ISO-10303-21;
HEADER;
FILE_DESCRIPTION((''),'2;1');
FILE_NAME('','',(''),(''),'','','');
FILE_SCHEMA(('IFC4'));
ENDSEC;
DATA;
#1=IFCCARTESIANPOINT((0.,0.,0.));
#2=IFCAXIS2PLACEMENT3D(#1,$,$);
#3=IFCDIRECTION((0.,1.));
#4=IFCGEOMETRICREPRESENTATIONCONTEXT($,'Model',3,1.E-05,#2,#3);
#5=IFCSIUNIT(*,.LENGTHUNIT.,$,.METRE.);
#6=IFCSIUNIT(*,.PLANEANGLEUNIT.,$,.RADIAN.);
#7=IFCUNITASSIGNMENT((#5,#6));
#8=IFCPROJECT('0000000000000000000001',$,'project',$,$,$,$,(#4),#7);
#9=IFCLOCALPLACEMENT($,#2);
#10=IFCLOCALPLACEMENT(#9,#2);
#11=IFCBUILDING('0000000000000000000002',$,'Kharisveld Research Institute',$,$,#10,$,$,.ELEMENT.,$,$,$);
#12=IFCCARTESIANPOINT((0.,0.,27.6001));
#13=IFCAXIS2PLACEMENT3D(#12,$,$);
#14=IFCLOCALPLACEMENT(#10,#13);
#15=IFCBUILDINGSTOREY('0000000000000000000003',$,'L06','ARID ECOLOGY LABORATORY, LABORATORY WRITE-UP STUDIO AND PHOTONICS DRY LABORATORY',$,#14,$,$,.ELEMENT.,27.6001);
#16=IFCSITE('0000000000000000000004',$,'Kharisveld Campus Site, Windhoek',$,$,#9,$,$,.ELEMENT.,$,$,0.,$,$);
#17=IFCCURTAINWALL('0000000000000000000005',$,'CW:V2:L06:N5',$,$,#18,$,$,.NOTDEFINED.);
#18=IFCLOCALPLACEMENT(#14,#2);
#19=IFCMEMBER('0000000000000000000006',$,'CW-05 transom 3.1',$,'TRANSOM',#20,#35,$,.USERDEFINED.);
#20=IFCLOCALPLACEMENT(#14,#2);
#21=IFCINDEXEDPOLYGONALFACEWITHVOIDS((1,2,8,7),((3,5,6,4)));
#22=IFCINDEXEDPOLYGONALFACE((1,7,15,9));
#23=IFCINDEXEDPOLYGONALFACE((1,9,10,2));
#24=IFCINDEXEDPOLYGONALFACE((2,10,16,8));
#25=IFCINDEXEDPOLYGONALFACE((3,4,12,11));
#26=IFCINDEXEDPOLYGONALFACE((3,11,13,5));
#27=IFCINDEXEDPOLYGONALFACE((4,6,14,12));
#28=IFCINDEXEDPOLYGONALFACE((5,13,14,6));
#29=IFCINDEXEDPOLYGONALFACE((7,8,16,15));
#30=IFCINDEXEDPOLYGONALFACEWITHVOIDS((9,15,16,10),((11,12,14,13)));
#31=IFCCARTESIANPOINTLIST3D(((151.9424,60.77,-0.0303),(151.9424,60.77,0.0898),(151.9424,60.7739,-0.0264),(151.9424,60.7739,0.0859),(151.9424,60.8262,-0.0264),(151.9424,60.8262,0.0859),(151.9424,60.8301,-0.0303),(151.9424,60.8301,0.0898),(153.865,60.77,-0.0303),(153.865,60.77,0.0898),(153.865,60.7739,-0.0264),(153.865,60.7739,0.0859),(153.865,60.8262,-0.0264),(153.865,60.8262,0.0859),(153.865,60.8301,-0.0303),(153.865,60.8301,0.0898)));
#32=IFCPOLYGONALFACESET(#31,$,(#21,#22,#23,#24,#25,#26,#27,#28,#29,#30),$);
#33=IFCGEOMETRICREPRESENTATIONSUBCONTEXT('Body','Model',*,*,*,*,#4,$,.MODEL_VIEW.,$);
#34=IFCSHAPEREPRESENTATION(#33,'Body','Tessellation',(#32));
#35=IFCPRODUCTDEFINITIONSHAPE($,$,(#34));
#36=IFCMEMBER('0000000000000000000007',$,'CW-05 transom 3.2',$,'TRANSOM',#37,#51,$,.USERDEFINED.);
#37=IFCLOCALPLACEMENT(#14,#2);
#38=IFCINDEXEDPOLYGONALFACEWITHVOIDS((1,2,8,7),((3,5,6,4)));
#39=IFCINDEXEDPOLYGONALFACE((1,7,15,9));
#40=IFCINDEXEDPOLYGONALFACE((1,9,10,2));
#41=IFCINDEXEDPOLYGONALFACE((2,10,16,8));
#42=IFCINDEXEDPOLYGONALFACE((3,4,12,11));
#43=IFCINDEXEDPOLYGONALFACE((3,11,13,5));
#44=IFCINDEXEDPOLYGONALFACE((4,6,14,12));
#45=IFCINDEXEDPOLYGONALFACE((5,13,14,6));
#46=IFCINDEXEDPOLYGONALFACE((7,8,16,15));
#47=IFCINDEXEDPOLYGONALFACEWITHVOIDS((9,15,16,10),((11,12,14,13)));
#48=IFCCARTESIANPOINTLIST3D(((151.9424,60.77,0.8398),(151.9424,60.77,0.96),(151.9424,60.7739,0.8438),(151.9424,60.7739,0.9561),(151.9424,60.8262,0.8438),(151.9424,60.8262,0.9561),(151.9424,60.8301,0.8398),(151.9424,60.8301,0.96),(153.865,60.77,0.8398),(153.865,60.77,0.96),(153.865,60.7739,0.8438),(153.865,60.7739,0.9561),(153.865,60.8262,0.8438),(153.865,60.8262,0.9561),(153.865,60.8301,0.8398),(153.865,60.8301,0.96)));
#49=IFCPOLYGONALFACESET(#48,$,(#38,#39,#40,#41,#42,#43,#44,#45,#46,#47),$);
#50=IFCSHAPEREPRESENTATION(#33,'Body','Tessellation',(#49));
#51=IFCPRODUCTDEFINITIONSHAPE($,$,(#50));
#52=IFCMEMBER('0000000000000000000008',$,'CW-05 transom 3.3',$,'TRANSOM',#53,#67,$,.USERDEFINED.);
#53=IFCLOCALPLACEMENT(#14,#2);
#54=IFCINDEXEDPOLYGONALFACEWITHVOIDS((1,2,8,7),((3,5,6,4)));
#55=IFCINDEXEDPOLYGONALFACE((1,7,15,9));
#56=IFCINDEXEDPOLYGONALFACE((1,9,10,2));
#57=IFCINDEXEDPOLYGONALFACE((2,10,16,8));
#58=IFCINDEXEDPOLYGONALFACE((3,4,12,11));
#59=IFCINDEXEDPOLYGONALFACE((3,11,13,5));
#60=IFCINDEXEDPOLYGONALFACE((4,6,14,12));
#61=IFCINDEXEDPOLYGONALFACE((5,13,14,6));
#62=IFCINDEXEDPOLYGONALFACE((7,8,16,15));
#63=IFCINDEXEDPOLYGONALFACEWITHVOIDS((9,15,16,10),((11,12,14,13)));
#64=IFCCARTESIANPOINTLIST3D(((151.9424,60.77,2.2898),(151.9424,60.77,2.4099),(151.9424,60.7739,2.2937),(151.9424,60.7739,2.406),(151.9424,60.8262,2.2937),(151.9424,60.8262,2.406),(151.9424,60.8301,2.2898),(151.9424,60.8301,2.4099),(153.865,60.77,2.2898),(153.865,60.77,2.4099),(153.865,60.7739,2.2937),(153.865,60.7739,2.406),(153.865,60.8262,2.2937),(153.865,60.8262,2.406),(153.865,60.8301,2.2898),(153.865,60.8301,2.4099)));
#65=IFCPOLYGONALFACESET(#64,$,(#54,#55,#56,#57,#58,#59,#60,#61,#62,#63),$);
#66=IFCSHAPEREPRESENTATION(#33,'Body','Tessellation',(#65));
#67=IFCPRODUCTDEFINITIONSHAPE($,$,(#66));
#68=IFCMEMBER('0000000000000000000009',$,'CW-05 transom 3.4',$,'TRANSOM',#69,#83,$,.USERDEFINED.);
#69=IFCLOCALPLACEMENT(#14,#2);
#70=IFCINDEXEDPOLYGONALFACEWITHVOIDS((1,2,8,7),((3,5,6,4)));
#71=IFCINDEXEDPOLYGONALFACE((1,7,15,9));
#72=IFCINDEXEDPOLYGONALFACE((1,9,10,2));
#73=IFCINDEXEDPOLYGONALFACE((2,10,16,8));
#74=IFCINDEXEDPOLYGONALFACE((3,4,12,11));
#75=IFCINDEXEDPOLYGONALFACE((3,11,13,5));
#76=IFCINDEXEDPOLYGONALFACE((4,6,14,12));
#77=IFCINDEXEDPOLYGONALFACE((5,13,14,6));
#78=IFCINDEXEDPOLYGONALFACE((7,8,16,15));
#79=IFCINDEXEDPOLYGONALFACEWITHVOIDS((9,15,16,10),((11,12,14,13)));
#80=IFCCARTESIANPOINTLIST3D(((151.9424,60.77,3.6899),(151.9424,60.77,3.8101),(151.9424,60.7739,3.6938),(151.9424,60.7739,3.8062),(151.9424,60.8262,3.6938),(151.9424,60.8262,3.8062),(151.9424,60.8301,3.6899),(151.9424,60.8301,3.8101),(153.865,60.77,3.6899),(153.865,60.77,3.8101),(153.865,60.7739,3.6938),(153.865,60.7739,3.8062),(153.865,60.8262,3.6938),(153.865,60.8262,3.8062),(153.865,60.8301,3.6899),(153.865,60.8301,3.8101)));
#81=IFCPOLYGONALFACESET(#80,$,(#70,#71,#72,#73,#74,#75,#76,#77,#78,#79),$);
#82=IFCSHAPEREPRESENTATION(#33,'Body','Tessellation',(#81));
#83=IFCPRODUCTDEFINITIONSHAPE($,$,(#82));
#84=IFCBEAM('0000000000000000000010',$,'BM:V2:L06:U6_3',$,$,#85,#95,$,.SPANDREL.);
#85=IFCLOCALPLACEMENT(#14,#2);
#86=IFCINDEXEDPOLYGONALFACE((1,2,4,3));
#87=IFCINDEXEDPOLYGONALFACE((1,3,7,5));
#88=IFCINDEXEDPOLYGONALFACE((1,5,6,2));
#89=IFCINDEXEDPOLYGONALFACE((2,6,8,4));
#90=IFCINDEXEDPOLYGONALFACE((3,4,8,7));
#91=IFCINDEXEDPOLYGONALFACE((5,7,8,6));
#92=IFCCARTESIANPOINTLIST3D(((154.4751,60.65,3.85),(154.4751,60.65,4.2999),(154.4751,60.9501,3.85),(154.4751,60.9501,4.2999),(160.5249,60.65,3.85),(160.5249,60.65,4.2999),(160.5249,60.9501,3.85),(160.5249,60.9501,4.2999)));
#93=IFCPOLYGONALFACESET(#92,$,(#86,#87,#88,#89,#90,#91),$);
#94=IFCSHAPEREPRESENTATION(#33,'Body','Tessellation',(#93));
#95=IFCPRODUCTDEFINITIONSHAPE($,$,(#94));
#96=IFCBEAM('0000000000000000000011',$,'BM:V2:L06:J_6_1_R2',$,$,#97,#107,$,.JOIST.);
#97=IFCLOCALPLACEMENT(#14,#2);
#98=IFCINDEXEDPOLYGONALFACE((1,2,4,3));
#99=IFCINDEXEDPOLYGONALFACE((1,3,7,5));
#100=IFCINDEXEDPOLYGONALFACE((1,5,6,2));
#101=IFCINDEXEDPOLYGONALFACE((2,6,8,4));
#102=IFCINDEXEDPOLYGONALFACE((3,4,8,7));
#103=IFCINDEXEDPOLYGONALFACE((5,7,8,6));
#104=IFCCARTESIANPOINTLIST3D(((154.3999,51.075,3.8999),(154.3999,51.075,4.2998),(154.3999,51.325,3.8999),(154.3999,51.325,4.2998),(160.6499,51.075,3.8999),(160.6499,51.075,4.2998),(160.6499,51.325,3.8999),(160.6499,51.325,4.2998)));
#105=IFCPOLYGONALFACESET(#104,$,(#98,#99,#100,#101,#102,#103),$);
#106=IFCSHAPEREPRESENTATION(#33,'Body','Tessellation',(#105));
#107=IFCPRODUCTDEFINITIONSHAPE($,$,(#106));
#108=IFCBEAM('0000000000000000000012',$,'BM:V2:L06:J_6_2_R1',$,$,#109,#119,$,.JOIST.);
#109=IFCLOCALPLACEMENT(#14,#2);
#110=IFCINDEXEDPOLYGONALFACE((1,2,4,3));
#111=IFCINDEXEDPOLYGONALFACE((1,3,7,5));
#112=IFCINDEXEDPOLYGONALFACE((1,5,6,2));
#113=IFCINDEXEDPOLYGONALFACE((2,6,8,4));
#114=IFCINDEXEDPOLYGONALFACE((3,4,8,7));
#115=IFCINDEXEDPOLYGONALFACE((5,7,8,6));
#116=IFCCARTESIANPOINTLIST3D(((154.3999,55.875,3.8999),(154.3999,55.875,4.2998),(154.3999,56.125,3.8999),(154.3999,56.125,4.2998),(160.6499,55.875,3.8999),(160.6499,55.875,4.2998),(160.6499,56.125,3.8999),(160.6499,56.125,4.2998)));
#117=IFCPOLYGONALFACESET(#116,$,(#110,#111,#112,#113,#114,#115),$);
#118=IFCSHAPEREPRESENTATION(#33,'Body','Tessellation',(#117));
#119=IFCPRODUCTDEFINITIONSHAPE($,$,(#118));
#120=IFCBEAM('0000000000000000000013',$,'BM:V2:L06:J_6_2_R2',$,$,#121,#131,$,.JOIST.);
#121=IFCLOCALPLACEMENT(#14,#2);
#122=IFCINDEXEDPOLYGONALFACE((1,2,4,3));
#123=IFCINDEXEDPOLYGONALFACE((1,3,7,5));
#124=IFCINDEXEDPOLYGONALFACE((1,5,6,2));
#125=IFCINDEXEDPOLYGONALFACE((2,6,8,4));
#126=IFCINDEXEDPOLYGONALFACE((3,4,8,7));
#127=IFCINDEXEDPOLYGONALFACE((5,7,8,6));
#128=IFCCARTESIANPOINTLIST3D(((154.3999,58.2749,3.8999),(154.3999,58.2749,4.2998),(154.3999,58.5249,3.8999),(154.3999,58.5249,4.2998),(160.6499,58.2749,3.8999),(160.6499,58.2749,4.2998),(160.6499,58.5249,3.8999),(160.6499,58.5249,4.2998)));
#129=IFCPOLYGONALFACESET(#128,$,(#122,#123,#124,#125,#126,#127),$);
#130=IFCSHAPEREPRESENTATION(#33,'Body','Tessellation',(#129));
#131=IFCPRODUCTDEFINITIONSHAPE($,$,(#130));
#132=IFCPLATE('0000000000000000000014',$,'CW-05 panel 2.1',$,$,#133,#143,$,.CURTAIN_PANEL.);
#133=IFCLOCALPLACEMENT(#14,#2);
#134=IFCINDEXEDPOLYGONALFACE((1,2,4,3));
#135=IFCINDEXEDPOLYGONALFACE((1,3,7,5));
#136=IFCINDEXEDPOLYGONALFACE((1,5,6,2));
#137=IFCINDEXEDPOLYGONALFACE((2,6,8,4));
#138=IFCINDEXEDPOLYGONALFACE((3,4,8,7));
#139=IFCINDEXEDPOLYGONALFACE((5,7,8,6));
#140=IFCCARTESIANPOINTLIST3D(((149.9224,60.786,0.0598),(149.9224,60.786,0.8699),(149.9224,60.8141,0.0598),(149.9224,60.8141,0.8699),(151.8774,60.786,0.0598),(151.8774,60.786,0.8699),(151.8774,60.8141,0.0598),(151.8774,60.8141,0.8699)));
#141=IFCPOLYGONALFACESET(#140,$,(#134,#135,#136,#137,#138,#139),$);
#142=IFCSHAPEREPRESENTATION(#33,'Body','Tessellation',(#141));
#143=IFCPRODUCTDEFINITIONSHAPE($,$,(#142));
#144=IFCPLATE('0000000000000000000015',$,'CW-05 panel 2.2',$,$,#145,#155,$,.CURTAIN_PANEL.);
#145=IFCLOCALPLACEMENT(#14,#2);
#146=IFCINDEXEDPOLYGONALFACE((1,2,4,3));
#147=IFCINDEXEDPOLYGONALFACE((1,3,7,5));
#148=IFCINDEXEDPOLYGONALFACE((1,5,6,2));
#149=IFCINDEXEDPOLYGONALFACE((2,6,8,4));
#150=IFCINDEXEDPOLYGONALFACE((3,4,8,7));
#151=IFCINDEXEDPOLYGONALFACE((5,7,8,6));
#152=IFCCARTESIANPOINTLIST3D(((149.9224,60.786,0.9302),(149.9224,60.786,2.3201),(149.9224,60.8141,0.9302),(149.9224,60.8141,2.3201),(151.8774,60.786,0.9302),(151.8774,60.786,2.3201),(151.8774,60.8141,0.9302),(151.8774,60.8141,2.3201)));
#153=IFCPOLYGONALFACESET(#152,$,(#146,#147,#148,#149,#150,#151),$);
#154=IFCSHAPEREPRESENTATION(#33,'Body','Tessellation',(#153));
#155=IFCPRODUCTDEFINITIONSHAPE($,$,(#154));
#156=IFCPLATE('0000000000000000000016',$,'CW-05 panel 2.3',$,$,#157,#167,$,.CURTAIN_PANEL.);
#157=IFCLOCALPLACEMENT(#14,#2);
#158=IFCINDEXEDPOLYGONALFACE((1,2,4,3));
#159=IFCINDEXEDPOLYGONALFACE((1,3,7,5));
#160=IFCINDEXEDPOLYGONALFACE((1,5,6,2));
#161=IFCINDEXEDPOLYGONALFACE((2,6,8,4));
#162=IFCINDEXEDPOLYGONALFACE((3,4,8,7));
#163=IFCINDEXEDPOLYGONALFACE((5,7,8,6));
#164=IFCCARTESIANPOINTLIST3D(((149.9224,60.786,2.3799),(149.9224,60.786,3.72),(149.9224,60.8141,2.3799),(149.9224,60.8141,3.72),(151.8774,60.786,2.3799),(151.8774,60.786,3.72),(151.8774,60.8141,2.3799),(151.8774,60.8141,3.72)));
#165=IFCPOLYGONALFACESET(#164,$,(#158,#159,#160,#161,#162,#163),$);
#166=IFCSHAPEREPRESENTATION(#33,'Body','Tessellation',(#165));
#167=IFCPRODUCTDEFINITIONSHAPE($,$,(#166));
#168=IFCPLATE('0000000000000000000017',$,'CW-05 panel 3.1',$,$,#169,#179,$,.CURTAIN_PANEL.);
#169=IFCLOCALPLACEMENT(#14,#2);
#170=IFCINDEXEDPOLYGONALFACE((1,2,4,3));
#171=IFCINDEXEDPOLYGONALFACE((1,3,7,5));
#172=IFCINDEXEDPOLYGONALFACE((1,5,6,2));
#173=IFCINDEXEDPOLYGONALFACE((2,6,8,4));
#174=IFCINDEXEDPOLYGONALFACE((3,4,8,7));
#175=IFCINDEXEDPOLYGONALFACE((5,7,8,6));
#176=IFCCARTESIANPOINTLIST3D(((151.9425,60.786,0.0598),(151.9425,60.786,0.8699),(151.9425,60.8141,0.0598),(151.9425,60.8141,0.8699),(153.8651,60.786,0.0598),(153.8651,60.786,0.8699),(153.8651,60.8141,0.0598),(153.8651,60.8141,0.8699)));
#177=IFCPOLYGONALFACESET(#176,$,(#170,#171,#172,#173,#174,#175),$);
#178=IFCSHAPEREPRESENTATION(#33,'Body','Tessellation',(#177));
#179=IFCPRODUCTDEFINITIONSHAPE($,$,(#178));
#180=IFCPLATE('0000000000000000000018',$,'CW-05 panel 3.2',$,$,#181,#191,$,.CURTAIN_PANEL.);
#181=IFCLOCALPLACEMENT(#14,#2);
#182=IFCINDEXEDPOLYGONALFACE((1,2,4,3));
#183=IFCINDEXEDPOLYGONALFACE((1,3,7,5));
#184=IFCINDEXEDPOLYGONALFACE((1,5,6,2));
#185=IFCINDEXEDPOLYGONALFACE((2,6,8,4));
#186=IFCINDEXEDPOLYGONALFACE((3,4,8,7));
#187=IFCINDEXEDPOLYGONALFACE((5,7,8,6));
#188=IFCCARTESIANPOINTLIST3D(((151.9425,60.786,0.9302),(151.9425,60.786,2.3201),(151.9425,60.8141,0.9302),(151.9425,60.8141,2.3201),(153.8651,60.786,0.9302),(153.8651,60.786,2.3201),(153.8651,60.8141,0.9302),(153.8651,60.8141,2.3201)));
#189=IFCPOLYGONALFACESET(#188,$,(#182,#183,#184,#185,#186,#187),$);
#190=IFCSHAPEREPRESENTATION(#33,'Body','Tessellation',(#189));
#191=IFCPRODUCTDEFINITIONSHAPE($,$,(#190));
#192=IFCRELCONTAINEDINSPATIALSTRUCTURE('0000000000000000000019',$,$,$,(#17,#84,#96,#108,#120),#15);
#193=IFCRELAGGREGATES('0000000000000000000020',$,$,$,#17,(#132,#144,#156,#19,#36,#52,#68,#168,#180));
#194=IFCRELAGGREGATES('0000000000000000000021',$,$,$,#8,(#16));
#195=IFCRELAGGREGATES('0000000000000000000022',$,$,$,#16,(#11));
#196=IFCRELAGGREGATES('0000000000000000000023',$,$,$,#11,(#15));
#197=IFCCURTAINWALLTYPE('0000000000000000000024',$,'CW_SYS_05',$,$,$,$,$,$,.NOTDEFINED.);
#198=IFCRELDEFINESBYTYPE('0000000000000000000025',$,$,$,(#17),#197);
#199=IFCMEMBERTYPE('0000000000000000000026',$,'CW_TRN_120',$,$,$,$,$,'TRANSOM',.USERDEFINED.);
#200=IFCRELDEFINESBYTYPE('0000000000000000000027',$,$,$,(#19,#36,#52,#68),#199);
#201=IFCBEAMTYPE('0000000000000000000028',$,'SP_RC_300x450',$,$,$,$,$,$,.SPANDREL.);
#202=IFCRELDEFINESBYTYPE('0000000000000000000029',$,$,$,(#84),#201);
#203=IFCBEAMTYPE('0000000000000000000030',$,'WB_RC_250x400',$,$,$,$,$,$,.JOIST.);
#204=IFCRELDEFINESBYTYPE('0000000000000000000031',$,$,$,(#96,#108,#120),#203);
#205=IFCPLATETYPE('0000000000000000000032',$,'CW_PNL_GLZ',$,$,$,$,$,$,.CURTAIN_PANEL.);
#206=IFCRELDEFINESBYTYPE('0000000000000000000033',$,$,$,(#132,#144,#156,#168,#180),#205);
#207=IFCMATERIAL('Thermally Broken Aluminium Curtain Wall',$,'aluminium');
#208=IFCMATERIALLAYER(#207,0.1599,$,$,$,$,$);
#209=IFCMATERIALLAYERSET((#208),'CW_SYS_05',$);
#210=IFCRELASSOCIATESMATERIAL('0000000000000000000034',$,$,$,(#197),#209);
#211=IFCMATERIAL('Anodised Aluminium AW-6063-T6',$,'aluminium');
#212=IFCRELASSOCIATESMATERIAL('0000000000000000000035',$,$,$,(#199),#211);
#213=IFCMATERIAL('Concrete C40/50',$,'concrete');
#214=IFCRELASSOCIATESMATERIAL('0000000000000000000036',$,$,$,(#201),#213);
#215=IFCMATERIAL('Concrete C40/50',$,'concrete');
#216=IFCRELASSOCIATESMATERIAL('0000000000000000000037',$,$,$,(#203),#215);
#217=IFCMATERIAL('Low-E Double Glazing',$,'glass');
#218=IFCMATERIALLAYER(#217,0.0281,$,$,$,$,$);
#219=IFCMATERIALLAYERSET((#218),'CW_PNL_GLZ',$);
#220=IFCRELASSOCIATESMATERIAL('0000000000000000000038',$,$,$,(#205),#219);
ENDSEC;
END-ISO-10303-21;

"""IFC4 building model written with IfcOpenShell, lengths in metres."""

from ifc_helpers import new_model, si_unit, direction, frame, origin, origin_2d, place, context, subcontext, project, spatial, rectangle, hollow_rectangle, extrude, material, layer, layer_set, material_profile, profile_set, type_object, element, aggregate, save


model = new_model("IFC4")

# Units and contexts
model_context = context("Model", 3, precision=1e-05, world=origin(), true_north=direction((0.0, 1.0)))
body_context = subcontext(model_context, "Body", "Model", "MODEL_VIEW")
ifc_project = project(units=[si_unit("LENGTHUNIT", "METRE"), si_unit("PLANEANGLEUNIT", "RADIAN")], contexts=[model_context])

# Site, building, storey
site_placement = place(None, origin())
site = spatial("IfcSite", under=ifc_project, at=site_placement, Name="Kharisveld Campus Site, Windhoek", CompositionType="ELEMENT", RefElevation=0.0)
building_placement = place(site_placement, origin())
building = spatial("IfcBuilding", under=site, at=building_placement, Name="Kharisveld Research Institute", CompositionType="ELEMENT")
storey_placement = place(building_placement, frame((0.0, 0.0, 27.6001)))
storey = spatial("IfcBuildingStorey", under=building, at=storey_placement, Name="L06", Description="ARID ECOLOGY LABORATORY, LABORATORY WRITE-UP STUDIO AND PHOTONICS DRY LABORATORY", CompositionType="ELEMENT", Elevation=27.6001)

# Curtain wall, members
ifc_material_1 = material(Name="Thermally Broken Aluminium Curtain Wall", Category="aluminium")
ifc_layer_1 = layer(ifc_material_1, 0.1599)
ifc_layer_set_1 = layer_set([ifc_layer_1], Name="CW_SYS_05")
curtain_wall_type = type_object("IfcCurtainWallType", Name="CW_SYS_05", PredefinedType="NOTDEFINED", material=ifc_layer_set_1)
curtain_wall_placement = place(storey_placement, origin())
curtain_wall = element("IfcCurtainWall", 1, at=curtain_wall_placement, inside=storey, type_object=curtain_wall_type, Name="CW:V2:L06:N5", PredefinedType="NOTDEFINED")
ifc_material_2 = material(Name="Anodised Aluminium AW-6063-T6", Category="aluminium")
ifc_material_profile_1 = material_profile(ifc_material_2, hollow_rectangle(XDim=0.0601, YDim=0.1201, WallThickness=0.0039, at=origin_2d()))
ifc_profile_set_1 = profile_set([ifc_material_profile_1], Name="Anodised Aluminium AW-6063-T6")
member_type_1 = type_object("IfcMemberType", Name="CW_TRN_120", ElementType="TRANSOM", PredefinedType="USERDEFINED", material=ifc_profile_set_1)
member_1_placement = place(storey_placement, frame((151.9424, 60.8, 0.0298), z_axis=(1.0, 0.0, 0.0), x_axis=(0.0, 1.0, 0.0)))
member_1 = element("IfcMember", 2, at=member_1_placement, type_object=member_type_1, Name="CW-05 transom 3.1", ObjectType="TRANSOM", PredefinedType="USERDEFINED", context=body_context, shape_type="SweptSolid", body=[
    extrude(hollow_rectangle(XDim=0.0601, YDim=0.1201, WallThickness=0.0039, at=origin_2d()), origin(), (0.0, 0.0, 1.0), 1.9226),
])
member_2_placement = place(storey_placement, frame((151.9424, 60.8, 0.8999), z_axis=(1.0, 0.0, 0.0), x_axis=(0.0, 1.0, 0.0)))
member_2 = element("IfcMember", 3, at=member_2_placement, type_object=member_type_1, Name="CW-05 transom 3.2", ObjectType="TRANSOM", PredefinedType="USERDEFINED", context=body_context, shape_type="SweptSolid", body=[
    extrude(hollow_rectangle(XDim=0.0601, YDim=0.1201, WallThickness=0.0039, at=origin_2d()), origin(), (0.0, 0.0, 1.0), 1.9226),
])
member_3_placement = place(storey_placement, frame((151.9424, 60.8, 2.3499), z_axis=(1.0, 0.0, 0.0), x_axis=(0.0, 1.0, 0.0)))
member_3 = element("IfcMember", 4, at=member_3_placement, type_object=member_type_1, Name="CW-05 transom 3.3", ObjectType="TRANSOM", PredefinedType="USERDEFINED", context=body_context, shape_type="SweptSolid", body=[
    extrude(hollow_rectangle(XDim=0.0601, YDim=0.1201, WallThickness=0.0039, at=origin_2d()), origin(), (0.0, 0.0, 1.0), 1.9226),
])
member_4_placement = place(storey_placement, frame((151.9424, 60.8, 3.75), z_axis=(1.0, 0.0, 0.0), x_axis=(0.0, 1.0, 0.0)))
member_4 = element("IfcMember", 5, at=member_4_placement, type_object=member_type_1, Name="CW-05 transom 3.4", ObjectType="TRANSOM", PredefinedType="USERDEFINED", context=body_context, shape_type="SweptSolid", body=[
    extrude(hollow_rectangle(XDim=0.0601, YDim=0.1201, WallThickness=0.0039, at=origin_2d()), origin(), (0.0, 0.0, 1.0), 1.9226),
])

# Beams
ifc_material_3 = material(Name="Concrete C40/50", Category="concrete")
ifc_material_profile_2 = material_profile(ifc_material_3, rectangle(XDim=0.3, YDim=0.45, at=origin_2d()))
ifc_profile_set_2 = profile_set([ifc_material_profile_2], Name="Concrete C40/50")
beam_type_1 = type_object("IfcBeamType", Name="SP_RC_300x450", PredefinedType="SPANDREL", material=ifc_profile_set_2)
beam_1_placement = place(storey_placement, frame((154.4751, 60.8, 4.075), z_axis=(1.0, 0.0, 0.0), x_axis=(0.0, 1.0, 0.0)))
element("IfcBeam", 6, at=beam_1_placement, inside=storey, type_object=beam_type_1, Name="BM:V2:L06:U6_3", PredefinedType="SPANDREL", context=body_context, shape_type="SweptSolid", body=[
    extrude(rectangle(XDim=0.3, YDim=0.45, at=origin_2d()), origin(), (0.0, 0.0, 1.0), 6.0498),
])
ifc_material_4 = material(Name="Concrete C40/50", Category="concrete")
ifc_material_profile_3 = material_profile(ifc_material_4, rectangle(XDim=0.25, YDim=0.3999, at=origin_2d()))
ifc_profile_set_3 = profile_set([ifc_material_profile_3], Name="Concrete C40/50")
beam_type_2 = type_object("IfcBeamType", Name="WB_RC_250x400", PredefinedType="JOIST", material=ifc_profile_set_3)
for number, where, z_axis, x_axis, name in (
    (7, (154.3999, 51.2, 4.0999), (1.0, 0.0, 0.0), (0.0, 1.0, 0.0), "BM:V2:L06:J_6_1_R2"),
    (8, (154.3999, 56.0, 4.0999), (1.0, 0.0, 0.0), (0.0, 1.0, 0.0), "BM:V2:L06:J_6_2_R1"),
    (9, (154.3999, 58.3999, 4.0999), (1.0, 0.0, 0.0), (0.0, 1.0, 0.0), "BM:V2:L06:J_6_2_R2"),
):
    element("IfcBeam", number, at=place(storey_placement, frame(where, z_axis=z_axis, x_axis=x_axis)), inside=storey, type_object=beam_type_2, Name=name, PredefinedType="JOIST", context=body_context, shape_type="SweptSolid", body=[
        extrude(rectangle(XDim=0.25, YDim=0.3999, at=origin_2d()), origin(), (0.0, 0.0, 1.0), 6.25),
    ])

# Plates
ifc_material_5 = material(Name="Low-E Double Glazing", Category="glass")
ifc_layer_2 = layer(ifc_material_5, 0.0281)
ifc_layer_set_2 = layer_set([ifc_layer_2], Name="CW_PNL_GLZ")
plate_type_1 = type_object("IfcPlateType", Name="CW_PNL_GLZ", PredefinedType="CURTAIN_PANEL", material=ifc_layer_set_2)
plate_1_placement = place(storey_placement, frame((150.8999, 60.8, 0.0598), z_axis=(0.0, 0.0, 1.0), x_axis=(1.0, 0.0, 0.0)))
plate_1 = element("IfcPlate", 10, at=plate_1_placement, type_object=plate_type_1, Name="CW-05 panel 2.1", PredefinedType="CURTAIN_PANEL", context=body_context, shape_type="SweptSolid", body=[
    extrude(rectangle(XDim=1.9551, YDim=0.0281, at=origin_2d()), origin(), (0.0, 0.0, 1.0), 0.8101),
])
plate_2_placement = place(storey_placement, frame((150.8999, 60.8, 0.9302), z_axis=(0.0, 0.0, 1.0), x_axis=(1.0, 0.0, 0.0)))
plate_2 = element("IfcPlate", 11, at=plate_2_placement, type_object=plate_type_1, Name="CW-05 panel 2.2", PredefinedType="CURTAIN_PANEL", context=body_context, shape_type="SweptSolid", body=[
    extrude(rectangle(XDim=1.9551, YDim=0.0281, at=origin_2d()), origin(), (0.0, 0.0, 1.0), 1.3899),
])
plate_3_placement = place(storey_placement, frame((150.8999, 60.8, 2.3799), z_axis=(0.0, 0.0, 1.0), x_axis=(1.0, 0.0, 0.0)))
plate_3 = element("IfcPlate", 12, at=plate_3_placement, type_object=plate_type_1, Name="CW-05 panel 2.3", PredefinedType="CURTAIN_PANEL", context=body_context, shape_type="SweptSolid", body=[
    extrude(rectangle(XDim=1.9551, YDim=0.0281, at=origin_2d()), origin(), (0.0, 0.0, 1.0), 1.3401),
])
plate_4_placement = place(storey_placement, frame((152.9038, 60.8, 0.0598), z_axis=(0.0, 0.0, 1.0), x_axis=(1.0, 0.0, 0.0)))
plate_4 = element("IfcPlate", 13, at=plate_4_placement, type_object=plate_type_1, Name="CW-05 panel 3.1", PredefinedType="CURTAIN_PANEL", context=body_context, shape_type="SweptSolid", body=[
    extrude(rectangle(XDim=1.9226, YDim=0.0281, at=origin_2d()), origin(), (0.0, 0.0, 1.0), 0.8101),
])
plate_5_placement = place(storey_placement, frame((152.9038, 60.8, 0.9302), z_axis=(0.0, 0.0, 1.0), x_axis=(1.0, 0.0, 0.0)))
plate_5 = element("IfcPlate", 14, at=plate_5_placement, type_object=plate_type_1, Name="CW-05 panel 3.2", PredefinedType="CURTAIN_PANEL", context=body_context, shape_type="SweptSolid", body=[
    extrude(rectangle(XDim=1.9226, YDim=0.0281, at=origin_2d()), origin(), (0.0, 0.0, 1.0), 1.3899),
])
aggregate(curtain_wall, [plate_1, plate_2, plate_3, member_1, member_2, member_3, member_4, plate_4, plate_5])

save(model, "model.ifc")
